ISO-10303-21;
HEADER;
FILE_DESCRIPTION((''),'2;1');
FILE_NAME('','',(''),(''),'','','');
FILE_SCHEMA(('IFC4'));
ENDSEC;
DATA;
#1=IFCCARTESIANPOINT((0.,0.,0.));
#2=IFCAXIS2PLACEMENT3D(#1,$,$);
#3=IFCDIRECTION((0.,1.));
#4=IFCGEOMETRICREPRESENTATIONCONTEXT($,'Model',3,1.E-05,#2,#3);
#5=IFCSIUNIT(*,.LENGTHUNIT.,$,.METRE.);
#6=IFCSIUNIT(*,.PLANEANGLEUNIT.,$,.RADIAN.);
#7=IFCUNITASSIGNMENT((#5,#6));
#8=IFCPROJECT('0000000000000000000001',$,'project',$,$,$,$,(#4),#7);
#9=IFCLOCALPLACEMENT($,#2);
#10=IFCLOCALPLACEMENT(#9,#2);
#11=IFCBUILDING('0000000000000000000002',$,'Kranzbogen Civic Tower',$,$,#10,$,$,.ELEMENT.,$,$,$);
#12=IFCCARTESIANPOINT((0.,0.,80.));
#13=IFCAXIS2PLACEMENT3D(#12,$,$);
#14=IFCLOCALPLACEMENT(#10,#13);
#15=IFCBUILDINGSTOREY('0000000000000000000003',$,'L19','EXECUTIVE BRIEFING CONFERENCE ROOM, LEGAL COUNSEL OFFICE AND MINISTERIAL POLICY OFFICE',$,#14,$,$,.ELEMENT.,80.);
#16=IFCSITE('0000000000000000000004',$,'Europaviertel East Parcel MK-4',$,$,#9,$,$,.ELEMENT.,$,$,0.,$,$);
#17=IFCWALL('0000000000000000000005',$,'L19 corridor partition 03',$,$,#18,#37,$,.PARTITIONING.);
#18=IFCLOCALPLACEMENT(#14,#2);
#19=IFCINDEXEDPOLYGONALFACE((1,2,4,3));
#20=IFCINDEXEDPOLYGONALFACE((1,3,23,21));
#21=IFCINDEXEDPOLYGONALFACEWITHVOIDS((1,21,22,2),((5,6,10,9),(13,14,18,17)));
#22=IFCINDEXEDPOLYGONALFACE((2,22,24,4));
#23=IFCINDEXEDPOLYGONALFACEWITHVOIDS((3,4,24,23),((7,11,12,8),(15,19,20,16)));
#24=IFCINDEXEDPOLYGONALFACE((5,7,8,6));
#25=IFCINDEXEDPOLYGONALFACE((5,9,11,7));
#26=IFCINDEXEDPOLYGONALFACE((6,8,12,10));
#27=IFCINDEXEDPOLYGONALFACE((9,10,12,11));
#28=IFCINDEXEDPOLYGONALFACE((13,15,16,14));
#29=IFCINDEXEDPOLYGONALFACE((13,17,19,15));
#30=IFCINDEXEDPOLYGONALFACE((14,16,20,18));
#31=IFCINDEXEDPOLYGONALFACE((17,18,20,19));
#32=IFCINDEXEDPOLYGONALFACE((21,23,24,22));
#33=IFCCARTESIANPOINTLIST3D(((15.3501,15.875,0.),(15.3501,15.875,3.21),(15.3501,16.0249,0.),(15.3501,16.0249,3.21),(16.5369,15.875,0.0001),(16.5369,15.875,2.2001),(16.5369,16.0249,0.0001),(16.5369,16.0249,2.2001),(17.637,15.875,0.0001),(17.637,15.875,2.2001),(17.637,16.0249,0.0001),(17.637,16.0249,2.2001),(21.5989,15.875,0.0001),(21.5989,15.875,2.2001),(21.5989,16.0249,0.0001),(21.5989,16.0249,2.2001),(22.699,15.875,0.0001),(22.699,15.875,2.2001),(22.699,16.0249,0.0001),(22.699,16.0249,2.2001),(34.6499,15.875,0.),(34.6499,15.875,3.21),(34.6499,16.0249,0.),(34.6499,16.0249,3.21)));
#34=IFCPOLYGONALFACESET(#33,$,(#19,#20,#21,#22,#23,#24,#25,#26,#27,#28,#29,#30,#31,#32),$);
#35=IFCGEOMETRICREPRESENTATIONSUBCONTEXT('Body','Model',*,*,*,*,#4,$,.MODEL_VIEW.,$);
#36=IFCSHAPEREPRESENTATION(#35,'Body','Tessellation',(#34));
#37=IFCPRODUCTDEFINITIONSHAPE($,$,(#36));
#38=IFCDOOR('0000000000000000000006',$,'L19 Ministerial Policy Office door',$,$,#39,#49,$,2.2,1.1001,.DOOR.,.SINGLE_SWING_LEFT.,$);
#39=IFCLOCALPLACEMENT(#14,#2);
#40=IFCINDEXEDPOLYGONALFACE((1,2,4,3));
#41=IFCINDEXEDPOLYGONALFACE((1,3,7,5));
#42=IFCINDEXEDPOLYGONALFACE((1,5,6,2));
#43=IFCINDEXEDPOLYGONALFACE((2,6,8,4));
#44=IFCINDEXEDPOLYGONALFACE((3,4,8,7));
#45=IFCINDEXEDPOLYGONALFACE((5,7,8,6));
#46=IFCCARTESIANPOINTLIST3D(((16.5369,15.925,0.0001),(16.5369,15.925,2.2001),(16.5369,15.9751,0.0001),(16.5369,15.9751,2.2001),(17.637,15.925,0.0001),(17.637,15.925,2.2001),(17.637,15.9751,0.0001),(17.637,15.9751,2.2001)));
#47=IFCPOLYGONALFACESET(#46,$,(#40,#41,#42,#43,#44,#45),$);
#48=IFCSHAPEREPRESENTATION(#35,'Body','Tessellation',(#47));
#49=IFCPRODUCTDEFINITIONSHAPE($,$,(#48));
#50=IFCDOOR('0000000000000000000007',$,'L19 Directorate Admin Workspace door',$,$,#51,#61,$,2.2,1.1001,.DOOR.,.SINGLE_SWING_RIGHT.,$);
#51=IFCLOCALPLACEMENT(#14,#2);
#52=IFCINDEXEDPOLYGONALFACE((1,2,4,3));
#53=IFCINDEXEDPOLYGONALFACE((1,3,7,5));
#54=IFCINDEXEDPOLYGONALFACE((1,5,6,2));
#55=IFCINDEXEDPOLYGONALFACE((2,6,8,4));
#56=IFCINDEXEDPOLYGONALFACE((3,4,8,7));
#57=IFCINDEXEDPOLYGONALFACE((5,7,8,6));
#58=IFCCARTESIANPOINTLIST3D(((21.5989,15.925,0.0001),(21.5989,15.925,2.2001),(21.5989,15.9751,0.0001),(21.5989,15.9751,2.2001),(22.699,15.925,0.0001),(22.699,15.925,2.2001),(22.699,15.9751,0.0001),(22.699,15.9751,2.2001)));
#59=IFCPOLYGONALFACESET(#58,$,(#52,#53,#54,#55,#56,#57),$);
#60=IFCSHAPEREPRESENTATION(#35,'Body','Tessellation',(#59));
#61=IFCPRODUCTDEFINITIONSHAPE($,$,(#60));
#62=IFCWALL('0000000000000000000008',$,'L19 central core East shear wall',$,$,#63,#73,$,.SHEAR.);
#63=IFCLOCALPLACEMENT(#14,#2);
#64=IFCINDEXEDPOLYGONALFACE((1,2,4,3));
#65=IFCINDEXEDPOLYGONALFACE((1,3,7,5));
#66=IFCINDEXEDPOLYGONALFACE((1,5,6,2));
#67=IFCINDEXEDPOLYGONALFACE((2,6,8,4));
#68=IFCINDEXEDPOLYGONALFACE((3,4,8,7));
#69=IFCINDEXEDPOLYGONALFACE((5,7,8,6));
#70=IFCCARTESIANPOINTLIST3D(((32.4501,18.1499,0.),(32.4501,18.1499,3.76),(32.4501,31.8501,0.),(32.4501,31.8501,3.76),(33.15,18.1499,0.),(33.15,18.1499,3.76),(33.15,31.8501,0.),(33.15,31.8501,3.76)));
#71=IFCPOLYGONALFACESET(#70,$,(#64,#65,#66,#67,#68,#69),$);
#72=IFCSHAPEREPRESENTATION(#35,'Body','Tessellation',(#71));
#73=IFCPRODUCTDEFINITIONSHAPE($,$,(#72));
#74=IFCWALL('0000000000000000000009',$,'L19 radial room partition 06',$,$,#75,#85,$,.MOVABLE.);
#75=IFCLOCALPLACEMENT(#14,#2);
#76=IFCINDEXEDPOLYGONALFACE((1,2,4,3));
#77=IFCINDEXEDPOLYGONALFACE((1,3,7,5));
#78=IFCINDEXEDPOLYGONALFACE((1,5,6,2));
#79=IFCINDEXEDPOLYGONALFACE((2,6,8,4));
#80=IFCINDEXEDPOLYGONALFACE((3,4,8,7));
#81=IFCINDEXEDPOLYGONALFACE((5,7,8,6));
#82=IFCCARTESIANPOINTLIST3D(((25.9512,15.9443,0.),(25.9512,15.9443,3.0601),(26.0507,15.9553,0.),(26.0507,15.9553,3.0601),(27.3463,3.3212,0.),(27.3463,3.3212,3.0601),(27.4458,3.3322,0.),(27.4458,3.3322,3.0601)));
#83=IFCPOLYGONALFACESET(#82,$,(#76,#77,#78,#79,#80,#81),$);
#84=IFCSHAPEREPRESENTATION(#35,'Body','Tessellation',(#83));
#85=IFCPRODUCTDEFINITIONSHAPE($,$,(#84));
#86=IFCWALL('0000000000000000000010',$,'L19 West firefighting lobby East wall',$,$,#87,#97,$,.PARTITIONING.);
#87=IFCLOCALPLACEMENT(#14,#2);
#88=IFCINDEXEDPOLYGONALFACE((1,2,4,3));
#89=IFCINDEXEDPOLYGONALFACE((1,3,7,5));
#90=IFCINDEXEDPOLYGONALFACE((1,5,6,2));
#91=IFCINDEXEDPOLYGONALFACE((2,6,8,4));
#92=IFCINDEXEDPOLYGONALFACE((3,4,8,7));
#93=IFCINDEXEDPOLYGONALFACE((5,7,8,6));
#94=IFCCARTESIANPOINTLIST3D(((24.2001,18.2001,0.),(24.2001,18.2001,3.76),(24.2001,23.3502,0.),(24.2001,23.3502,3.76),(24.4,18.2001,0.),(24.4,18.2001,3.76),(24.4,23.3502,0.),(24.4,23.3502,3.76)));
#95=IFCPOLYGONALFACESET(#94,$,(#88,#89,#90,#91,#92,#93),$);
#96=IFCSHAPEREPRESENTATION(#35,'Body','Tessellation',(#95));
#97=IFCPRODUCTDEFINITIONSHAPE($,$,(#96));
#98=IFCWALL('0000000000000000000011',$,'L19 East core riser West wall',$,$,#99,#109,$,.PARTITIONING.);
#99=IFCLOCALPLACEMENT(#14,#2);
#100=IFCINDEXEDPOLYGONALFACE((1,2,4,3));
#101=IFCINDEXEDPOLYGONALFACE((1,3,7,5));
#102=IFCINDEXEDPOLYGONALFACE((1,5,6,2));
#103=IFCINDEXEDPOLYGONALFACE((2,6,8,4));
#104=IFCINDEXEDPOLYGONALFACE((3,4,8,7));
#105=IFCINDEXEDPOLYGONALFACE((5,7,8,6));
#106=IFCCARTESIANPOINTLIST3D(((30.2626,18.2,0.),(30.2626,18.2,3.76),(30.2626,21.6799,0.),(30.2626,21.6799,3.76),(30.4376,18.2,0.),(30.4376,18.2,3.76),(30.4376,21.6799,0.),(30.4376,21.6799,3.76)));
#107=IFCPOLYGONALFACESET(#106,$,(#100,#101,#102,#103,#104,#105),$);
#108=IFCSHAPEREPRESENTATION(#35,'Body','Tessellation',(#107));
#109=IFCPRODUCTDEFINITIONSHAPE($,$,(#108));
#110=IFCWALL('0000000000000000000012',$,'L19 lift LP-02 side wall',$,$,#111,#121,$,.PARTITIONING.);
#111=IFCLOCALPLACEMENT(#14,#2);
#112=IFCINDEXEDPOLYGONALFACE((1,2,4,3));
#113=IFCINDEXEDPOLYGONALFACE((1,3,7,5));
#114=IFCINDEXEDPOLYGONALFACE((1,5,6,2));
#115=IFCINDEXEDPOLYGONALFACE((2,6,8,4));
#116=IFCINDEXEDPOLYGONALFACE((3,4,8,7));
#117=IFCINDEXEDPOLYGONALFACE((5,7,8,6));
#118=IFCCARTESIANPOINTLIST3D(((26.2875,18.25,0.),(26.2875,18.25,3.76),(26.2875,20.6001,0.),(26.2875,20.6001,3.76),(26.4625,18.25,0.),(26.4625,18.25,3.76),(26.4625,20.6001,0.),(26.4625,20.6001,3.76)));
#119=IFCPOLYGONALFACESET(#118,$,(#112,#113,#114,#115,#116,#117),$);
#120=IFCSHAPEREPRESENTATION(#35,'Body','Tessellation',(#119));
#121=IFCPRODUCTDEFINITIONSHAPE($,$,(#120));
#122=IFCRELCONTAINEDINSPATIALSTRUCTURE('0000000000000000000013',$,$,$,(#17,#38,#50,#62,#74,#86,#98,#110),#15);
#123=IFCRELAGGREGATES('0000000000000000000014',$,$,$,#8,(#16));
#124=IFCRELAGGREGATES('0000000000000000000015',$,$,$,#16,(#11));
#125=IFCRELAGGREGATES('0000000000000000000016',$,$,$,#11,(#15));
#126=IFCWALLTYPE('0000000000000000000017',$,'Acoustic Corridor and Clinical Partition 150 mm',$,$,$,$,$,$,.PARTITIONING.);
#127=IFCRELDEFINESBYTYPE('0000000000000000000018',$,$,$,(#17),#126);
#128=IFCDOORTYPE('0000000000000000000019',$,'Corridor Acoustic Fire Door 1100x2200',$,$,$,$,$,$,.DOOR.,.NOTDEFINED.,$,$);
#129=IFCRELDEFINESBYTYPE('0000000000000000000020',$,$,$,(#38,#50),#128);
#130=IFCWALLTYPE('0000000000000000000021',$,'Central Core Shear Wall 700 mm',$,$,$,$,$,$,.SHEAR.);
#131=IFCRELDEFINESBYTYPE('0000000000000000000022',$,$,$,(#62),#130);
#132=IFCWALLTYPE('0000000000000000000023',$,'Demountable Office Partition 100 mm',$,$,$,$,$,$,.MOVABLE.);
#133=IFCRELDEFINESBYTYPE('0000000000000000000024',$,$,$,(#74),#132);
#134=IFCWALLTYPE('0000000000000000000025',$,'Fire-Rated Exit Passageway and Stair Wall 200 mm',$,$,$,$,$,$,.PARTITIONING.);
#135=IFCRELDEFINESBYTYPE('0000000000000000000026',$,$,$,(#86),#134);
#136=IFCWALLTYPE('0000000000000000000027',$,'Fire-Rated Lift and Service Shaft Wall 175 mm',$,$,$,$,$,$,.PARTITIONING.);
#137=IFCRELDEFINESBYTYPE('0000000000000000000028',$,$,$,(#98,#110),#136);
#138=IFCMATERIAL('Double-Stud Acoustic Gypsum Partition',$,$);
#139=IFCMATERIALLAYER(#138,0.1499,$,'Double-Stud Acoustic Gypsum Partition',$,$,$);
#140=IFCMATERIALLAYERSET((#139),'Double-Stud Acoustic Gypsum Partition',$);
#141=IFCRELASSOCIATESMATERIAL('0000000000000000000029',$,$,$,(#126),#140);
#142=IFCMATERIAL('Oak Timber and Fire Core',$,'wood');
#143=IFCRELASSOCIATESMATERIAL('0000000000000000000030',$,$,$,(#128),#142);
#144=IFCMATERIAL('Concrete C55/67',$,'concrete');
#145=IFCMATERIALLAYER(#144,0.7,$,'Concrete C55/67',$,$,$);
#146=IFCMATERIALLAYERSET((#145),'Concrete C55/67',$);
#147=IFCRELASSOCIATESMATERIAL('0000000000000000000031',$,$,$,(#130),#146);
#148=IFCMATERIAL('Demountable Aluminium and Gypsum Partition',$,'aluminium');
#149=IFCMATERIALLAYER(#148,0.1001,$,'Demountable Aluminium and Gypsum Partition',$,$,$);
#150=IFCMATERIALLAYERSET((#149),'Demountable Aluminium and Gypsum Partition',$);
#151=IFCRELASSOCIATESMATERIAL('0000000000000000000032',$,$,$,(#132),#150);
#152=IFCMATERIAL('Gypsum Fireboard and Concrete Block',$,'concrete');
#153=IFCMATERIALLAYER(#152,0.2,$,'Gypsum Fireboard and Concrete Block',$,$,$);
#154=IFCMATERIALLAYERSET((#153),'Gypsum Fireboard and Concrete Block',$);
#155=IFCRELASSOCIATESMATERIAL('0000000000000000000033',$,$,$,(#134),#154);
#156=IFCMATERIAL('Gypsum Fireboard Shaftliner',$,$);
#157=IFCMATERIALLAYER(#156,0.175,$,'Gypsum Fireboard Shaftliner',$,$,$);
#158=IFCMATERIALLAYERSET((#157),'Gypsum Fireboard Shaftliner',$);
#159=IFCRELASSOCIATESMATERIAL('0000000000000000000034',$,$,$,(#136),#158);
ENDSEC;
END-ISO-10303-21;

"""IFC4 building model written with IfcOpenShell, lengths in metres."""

from ifc_helpers import new_model, si_unit, direction, frame, frame_2d, origin, place, context, subcontext, project, spatial, rectangle, extrude, material, layer, layer_set, type_object, element, fill, save


model = new_model("IFC4")

# Units and contexts
model_context = context("Model", 3, precision=1e-05, world=origin(), true_north=direction((0.0, 1.0)))
body_context = subcontext(model_context, "Body", "Model", "MODEL_VIEW")
ifc_project = project(units=[si_unit("LENGTHUNIT", "METRE"), si_unit("PLANEANGLEUNIT", "RADIAN")], contexts=[model_context])

# Site, building, storey
site_placement = place(None, origin())
site = spatial("IfcSite", under=ifc_project, at=site_placement, Name="Europaviertel East Parcel MK-4", CompositionType="ELEMENT", RefElevation=0.0)
building_placement = place(site_placement, origin())
building = spatial("IfcBuilding", under=site, at=building_placement, Name="Kranzbogen Civic Tower", CompositionType="ELEMENT")
storey_placement = place(building_placement, frame((0.0, 0.0, 80.0)))
storey = spatial("IfcBuildingStorey", under=building, at=storey_placement, Name="L19", Description="EXECUTIVE BRIEFING CONFERENCE ROOM, LEGAL COUNSEL OFFICE AND MINISTERIAL POLICY OFFICE", CompositionType="ELEMENT", Elevation=80.0)

# Wall, openings, doors
ifc_material_1 = material(Name="Double-Stud Acoustic Gypsum Partition")
ifc_layer_1 = layer(ifc_material_1, 0.1499, Name="Double-Stud Acoustic Gypsum Partition")
ifc_layer_set_1 = layer_set([ifc_layer_1], Name="Double-Stud Acoustic Gypsum Partition")
wall_type_1 = type_object("IfcWallType", Name="Acoustic Corridor and Clinical Partition 150 mm", PredefinedType="PARTITIONING", material=ifc_layer_set_1)
wall_1_placement = place(storey_placement, frame((34.6499, 15.95, 0.0), z_axis=(0.0, 0.0, 1.0), x_axis=(-1.0, 0.0, 0.0)))
wall_1 = element("IfcWall", 1, at=wall_1_placement, inside=storey, type_object=wall_type_1, Name="L19 corridor partition 03", PredefinedType="PARTITIONING", context=body_context, shape_type="SweptSolid", body=[
    extrude(rectangle(XDim=19.2998, YDim=0.1499, at=frame_2d((9.6499, 0.0))), origin(), (0.0, 0.0, 1.0), 3.21),
])
opening_1_placement = place(wall_1_placement, frame((17.0129, 0.0, 0.0)))
opening_1 = element("IfcOpeningElement", 2, at=opening_1_placement, cuts=wall_1, PredefinedType="OPENING", context=body_context, shape_type="SweptSolid", body=[
    extrude(rectangle(XDim=1.1001, YDim=2.2, at=frame_2d((0.55, 1.1001))), frame((0.0, 0.085, 0.0), z_axis=(0.0, -1.0, 0.0), x_axis=(1.0, 0.0, 0.0)), (0.0, 0.0, 1.0), 0.1699),
])
opening_2_placement = place(wall_1_placement, frame((11.9509, 0.0, 0.0)))
opening_2 = element("IfcOpeningElement", 3, at=opening_2_placement, cuts=wall_1, PredefinedType="OPENING", context=body_context, shape_type="SweptSolid", body=[
    extrude(rectangle(XDim=1.1001, YDim=2.2, at=frame_2d((0.55, 1.1001))), frame((0.0, 0.085, 0.0), z_axis=(0.0, -1.0, 0.0), x_axis=(1.0, 0.0, 0.0)), (0.0, 0.0, 1.0), 0.1699),
])
ifc_material_2 = material(Name="Oak Timber and Fire Core", Category="wood")
door_type = type_object("IfcDoorType", Name="Corridor Acoustic Fire Door 1100x2200", OperationType="NOTDEFINED", PredefinedType="DOOR", material=ifc_material_2)
door_1_placement = place(opening_1_placement, origin())
door_1 = element("IfcDoor", 4, at=door_1_placement, inside=storey, type_object=door_type, Name="L19 Ministerial Policy Office door", OperationType="SINGLE_SWING_LEFT", OverallHeight=2.2, OverallWidth=1.1001, PredefinedType="DOOR", context=body_context, shape_type="SweptSolid", body=[
    extrude(rectangle(XDim=1.1001, YDim=2.2, at=frame_2d((0.55, 1.1001))), frame((0.0, 0.0249, 0.0), z_axis=(0.0, -1.0, 0.0), x_axis=(1.0, 0.0, 0.0)), (0.0, 0.0, 1.0), 0.05),
])
fill(opening_1, door_1)
door_2_placement = place(opening_2_placement, origin())
door_2 = element("IfcDoor", 5, at=door_2_placement, inside=storey, type_object=door_type, Name="L19 Directorate Admin Workspace door", OperationType="SINGLE_SWING_RIGHT", OverallHeight=2.2, OverallWidth=1.1001, PredefinedType="DOOR", context=body_context, shape_type="SweptSolid", body=[
    extrude(rectangle(XDim=1.1001, YDim=2.2, at=frame_2d((0.55, 1.1001))), frame((0.0, 0.0249, 0.0), z_axis=(0.0, -1.0, 0.0), x_axis=(1.0, 0.0, 0.0)), (0.0, 0.0, 1.0), 0.05),
])
fill(opening_2, door_2)

# Walls
ifc_material_3 = material(Name="Concrete C55/67", Category="concrete")
ifc_layer_2 = layer(ifc_material_3, 0.7, Name="Concrete C55/67")
ifc_layer_set_2 = layer_set([ifc_layer_2], Name="Concrete C55/67")
wall_type_2 = type_object("IfcWallType", Name="Central Core Shear Wall 700 mm", PredefinedType="SHEAR", material=ifc_layer_set_2)
wall_2_placement = place(storey_placement, frame((32.8, 18.1499, 0.0), z_axis=(0.0, 0.0, 1.0), x_axis=(0.0, 1.0, 0.0)))
element("IfcWall", 6, at=wall_2_placement, inside=storey, type_object=wall_type_2, Name="L19 central core East shear wall", PredefinedType="SHEAR", context=body_context, shape_type="SweptSolid", body=[
    extrude(rectangle(XDim=13.7002, YDim=0.7, at=frame_2d((6.8501, 0.0))), origin(), (0.0, 0.0, 1.0), 3.76),
])
ifc_material_4 = material(Name="Demountable Aluminium and Gypsum Partition", Category="aluminium")
ifc_layer_3 = layer(ifc_material_4, 0.1001, Name="Demountable Aluminium and Gypsum Partition")
ifc_layer_set_3 = layer_set([ifc_layer_3], Name="Demountable Aluminium and Gypsum Partition")
wall_type_3 = type_object("IfcWallType", Name="Demountable Office Partition 100 mm", PredefinedType="MOVABLE", material=ifc_layer_set_3)
wall_3_placement = place(storey_placement, frame((26.001, 15.95, 0.0), z_axis=(0.0, 0.0, 1.0), x_axis=(0.109845, -0.993949, 0.0)))
element("IfcWall", 7, at=wall_3_placement, inside=storey, type_object=wall_type_3, Name="L19 radial room partition 06", PredefinedType="MOVABLE", context=body_context, shape_type="SweptSolid", body=[
    extrude(rectangle(XDim=12.7, YDim=0.1001, at=frame_2d((6.3501, 0.0))), origin(), (0.0, 0.0, 1.0), 3.0601),
])
ifc_material_5 = material(Name="Gypsum Fireboard and Concrete Block", Category="concrete")
ifc_layer_4 = layer(ifc_material_5, 0.2, Name="Gypsum Fireboard and Concrete Block")
ifc_layer_set_4 = layer_set([ifc_layer_4], Name="Gypsum Fireboard and Concrete Block")
wall_type_4 = type_object("IfcWallType", Name="Fire-Rated Exit Passageway and Stair Wall 200 mm", PredefinedType="PARTITIONING", material=ifc_layer_set_4)
wall_4_placement = place(storey_placement, frame((24.3, 18.2, 0.0), z_axis=(0.0, 0.0, 1.0), x_axis=(0.0, 1.0, 0.0)))
element("IfcWall", 8, at=wall_4_placement, inside=storey, type_object=wall_type_4, Name="L19 West firefighting lobby East wall", PredefinedType="PARTITIONING", context=body_context, shape_type="SweptSolid", body=[
    extrude(rectangle(XDim=5.1501, YDim=0.2, at=frame_2d((2.5752, 0.0))), origin(), (0.0, 0.0, 1.0), 3.76),
])
ifc_material_6 = material(Name="Gypsum Fireboard Shaftliner")
ifc_layer_5 = layer(ifc_material_6, 0.175, Name="Gypsum Fireboard Shaftliner")
ifc_layer_set_5 = layer_set([ifc_layer_5], Name="Gypsum Fireboard Shaftliner")
wall_type_5 = type_object("IfcWallType", Name="Fire-Rated Lift and Service Shaft Wall 175 mm", PredefinedType="PARTITIONING", material=ifc_layer_set_5)
wall_5_placement = place(storey_placement, frame((30.3501, 18.2, 0.0), z_axis=(0.0, 0.0, 1.0), x_axis=(0.0, 1.0, 0.0)))
element("IfcWall", 9, at=wall_5_placement, inside=storey, type_object=wall_type_5, Name="L19 East core riser West wall", PredefinedType="PARTITIONING", context=body_context, shape_type="SweptSolid", body=[
    extrude(rectangle(XDim=3.48, YDim=0.175, at=frame_2d((1.74, 0.0))), origin(), (0.0, 0.0, 1.0), 3.76),
])
wall_6_placement = place(storey_placement, frame((26.375, 18.25, 0.0), z_axis=(0.0, 0.0, 1.0), x_axis=(0.0, 1.0, 0.0)))
element("IfcWall", 10, at=wall_6_placement, inside=storey, type_object=wall_type_5, Name="L19 lift LP-02 side wall", PredefinedType="PARTITIONING", context=body_context, shape_type="SweptSolid", body=[
    extrude(rectangle(XDim=2.3501, YDim=0.175, at=frame_2d((1.175, 0.0))), origin(), (0.0, 0.0, 1.0), 3.76),
])

save(model, "model.ifc")
